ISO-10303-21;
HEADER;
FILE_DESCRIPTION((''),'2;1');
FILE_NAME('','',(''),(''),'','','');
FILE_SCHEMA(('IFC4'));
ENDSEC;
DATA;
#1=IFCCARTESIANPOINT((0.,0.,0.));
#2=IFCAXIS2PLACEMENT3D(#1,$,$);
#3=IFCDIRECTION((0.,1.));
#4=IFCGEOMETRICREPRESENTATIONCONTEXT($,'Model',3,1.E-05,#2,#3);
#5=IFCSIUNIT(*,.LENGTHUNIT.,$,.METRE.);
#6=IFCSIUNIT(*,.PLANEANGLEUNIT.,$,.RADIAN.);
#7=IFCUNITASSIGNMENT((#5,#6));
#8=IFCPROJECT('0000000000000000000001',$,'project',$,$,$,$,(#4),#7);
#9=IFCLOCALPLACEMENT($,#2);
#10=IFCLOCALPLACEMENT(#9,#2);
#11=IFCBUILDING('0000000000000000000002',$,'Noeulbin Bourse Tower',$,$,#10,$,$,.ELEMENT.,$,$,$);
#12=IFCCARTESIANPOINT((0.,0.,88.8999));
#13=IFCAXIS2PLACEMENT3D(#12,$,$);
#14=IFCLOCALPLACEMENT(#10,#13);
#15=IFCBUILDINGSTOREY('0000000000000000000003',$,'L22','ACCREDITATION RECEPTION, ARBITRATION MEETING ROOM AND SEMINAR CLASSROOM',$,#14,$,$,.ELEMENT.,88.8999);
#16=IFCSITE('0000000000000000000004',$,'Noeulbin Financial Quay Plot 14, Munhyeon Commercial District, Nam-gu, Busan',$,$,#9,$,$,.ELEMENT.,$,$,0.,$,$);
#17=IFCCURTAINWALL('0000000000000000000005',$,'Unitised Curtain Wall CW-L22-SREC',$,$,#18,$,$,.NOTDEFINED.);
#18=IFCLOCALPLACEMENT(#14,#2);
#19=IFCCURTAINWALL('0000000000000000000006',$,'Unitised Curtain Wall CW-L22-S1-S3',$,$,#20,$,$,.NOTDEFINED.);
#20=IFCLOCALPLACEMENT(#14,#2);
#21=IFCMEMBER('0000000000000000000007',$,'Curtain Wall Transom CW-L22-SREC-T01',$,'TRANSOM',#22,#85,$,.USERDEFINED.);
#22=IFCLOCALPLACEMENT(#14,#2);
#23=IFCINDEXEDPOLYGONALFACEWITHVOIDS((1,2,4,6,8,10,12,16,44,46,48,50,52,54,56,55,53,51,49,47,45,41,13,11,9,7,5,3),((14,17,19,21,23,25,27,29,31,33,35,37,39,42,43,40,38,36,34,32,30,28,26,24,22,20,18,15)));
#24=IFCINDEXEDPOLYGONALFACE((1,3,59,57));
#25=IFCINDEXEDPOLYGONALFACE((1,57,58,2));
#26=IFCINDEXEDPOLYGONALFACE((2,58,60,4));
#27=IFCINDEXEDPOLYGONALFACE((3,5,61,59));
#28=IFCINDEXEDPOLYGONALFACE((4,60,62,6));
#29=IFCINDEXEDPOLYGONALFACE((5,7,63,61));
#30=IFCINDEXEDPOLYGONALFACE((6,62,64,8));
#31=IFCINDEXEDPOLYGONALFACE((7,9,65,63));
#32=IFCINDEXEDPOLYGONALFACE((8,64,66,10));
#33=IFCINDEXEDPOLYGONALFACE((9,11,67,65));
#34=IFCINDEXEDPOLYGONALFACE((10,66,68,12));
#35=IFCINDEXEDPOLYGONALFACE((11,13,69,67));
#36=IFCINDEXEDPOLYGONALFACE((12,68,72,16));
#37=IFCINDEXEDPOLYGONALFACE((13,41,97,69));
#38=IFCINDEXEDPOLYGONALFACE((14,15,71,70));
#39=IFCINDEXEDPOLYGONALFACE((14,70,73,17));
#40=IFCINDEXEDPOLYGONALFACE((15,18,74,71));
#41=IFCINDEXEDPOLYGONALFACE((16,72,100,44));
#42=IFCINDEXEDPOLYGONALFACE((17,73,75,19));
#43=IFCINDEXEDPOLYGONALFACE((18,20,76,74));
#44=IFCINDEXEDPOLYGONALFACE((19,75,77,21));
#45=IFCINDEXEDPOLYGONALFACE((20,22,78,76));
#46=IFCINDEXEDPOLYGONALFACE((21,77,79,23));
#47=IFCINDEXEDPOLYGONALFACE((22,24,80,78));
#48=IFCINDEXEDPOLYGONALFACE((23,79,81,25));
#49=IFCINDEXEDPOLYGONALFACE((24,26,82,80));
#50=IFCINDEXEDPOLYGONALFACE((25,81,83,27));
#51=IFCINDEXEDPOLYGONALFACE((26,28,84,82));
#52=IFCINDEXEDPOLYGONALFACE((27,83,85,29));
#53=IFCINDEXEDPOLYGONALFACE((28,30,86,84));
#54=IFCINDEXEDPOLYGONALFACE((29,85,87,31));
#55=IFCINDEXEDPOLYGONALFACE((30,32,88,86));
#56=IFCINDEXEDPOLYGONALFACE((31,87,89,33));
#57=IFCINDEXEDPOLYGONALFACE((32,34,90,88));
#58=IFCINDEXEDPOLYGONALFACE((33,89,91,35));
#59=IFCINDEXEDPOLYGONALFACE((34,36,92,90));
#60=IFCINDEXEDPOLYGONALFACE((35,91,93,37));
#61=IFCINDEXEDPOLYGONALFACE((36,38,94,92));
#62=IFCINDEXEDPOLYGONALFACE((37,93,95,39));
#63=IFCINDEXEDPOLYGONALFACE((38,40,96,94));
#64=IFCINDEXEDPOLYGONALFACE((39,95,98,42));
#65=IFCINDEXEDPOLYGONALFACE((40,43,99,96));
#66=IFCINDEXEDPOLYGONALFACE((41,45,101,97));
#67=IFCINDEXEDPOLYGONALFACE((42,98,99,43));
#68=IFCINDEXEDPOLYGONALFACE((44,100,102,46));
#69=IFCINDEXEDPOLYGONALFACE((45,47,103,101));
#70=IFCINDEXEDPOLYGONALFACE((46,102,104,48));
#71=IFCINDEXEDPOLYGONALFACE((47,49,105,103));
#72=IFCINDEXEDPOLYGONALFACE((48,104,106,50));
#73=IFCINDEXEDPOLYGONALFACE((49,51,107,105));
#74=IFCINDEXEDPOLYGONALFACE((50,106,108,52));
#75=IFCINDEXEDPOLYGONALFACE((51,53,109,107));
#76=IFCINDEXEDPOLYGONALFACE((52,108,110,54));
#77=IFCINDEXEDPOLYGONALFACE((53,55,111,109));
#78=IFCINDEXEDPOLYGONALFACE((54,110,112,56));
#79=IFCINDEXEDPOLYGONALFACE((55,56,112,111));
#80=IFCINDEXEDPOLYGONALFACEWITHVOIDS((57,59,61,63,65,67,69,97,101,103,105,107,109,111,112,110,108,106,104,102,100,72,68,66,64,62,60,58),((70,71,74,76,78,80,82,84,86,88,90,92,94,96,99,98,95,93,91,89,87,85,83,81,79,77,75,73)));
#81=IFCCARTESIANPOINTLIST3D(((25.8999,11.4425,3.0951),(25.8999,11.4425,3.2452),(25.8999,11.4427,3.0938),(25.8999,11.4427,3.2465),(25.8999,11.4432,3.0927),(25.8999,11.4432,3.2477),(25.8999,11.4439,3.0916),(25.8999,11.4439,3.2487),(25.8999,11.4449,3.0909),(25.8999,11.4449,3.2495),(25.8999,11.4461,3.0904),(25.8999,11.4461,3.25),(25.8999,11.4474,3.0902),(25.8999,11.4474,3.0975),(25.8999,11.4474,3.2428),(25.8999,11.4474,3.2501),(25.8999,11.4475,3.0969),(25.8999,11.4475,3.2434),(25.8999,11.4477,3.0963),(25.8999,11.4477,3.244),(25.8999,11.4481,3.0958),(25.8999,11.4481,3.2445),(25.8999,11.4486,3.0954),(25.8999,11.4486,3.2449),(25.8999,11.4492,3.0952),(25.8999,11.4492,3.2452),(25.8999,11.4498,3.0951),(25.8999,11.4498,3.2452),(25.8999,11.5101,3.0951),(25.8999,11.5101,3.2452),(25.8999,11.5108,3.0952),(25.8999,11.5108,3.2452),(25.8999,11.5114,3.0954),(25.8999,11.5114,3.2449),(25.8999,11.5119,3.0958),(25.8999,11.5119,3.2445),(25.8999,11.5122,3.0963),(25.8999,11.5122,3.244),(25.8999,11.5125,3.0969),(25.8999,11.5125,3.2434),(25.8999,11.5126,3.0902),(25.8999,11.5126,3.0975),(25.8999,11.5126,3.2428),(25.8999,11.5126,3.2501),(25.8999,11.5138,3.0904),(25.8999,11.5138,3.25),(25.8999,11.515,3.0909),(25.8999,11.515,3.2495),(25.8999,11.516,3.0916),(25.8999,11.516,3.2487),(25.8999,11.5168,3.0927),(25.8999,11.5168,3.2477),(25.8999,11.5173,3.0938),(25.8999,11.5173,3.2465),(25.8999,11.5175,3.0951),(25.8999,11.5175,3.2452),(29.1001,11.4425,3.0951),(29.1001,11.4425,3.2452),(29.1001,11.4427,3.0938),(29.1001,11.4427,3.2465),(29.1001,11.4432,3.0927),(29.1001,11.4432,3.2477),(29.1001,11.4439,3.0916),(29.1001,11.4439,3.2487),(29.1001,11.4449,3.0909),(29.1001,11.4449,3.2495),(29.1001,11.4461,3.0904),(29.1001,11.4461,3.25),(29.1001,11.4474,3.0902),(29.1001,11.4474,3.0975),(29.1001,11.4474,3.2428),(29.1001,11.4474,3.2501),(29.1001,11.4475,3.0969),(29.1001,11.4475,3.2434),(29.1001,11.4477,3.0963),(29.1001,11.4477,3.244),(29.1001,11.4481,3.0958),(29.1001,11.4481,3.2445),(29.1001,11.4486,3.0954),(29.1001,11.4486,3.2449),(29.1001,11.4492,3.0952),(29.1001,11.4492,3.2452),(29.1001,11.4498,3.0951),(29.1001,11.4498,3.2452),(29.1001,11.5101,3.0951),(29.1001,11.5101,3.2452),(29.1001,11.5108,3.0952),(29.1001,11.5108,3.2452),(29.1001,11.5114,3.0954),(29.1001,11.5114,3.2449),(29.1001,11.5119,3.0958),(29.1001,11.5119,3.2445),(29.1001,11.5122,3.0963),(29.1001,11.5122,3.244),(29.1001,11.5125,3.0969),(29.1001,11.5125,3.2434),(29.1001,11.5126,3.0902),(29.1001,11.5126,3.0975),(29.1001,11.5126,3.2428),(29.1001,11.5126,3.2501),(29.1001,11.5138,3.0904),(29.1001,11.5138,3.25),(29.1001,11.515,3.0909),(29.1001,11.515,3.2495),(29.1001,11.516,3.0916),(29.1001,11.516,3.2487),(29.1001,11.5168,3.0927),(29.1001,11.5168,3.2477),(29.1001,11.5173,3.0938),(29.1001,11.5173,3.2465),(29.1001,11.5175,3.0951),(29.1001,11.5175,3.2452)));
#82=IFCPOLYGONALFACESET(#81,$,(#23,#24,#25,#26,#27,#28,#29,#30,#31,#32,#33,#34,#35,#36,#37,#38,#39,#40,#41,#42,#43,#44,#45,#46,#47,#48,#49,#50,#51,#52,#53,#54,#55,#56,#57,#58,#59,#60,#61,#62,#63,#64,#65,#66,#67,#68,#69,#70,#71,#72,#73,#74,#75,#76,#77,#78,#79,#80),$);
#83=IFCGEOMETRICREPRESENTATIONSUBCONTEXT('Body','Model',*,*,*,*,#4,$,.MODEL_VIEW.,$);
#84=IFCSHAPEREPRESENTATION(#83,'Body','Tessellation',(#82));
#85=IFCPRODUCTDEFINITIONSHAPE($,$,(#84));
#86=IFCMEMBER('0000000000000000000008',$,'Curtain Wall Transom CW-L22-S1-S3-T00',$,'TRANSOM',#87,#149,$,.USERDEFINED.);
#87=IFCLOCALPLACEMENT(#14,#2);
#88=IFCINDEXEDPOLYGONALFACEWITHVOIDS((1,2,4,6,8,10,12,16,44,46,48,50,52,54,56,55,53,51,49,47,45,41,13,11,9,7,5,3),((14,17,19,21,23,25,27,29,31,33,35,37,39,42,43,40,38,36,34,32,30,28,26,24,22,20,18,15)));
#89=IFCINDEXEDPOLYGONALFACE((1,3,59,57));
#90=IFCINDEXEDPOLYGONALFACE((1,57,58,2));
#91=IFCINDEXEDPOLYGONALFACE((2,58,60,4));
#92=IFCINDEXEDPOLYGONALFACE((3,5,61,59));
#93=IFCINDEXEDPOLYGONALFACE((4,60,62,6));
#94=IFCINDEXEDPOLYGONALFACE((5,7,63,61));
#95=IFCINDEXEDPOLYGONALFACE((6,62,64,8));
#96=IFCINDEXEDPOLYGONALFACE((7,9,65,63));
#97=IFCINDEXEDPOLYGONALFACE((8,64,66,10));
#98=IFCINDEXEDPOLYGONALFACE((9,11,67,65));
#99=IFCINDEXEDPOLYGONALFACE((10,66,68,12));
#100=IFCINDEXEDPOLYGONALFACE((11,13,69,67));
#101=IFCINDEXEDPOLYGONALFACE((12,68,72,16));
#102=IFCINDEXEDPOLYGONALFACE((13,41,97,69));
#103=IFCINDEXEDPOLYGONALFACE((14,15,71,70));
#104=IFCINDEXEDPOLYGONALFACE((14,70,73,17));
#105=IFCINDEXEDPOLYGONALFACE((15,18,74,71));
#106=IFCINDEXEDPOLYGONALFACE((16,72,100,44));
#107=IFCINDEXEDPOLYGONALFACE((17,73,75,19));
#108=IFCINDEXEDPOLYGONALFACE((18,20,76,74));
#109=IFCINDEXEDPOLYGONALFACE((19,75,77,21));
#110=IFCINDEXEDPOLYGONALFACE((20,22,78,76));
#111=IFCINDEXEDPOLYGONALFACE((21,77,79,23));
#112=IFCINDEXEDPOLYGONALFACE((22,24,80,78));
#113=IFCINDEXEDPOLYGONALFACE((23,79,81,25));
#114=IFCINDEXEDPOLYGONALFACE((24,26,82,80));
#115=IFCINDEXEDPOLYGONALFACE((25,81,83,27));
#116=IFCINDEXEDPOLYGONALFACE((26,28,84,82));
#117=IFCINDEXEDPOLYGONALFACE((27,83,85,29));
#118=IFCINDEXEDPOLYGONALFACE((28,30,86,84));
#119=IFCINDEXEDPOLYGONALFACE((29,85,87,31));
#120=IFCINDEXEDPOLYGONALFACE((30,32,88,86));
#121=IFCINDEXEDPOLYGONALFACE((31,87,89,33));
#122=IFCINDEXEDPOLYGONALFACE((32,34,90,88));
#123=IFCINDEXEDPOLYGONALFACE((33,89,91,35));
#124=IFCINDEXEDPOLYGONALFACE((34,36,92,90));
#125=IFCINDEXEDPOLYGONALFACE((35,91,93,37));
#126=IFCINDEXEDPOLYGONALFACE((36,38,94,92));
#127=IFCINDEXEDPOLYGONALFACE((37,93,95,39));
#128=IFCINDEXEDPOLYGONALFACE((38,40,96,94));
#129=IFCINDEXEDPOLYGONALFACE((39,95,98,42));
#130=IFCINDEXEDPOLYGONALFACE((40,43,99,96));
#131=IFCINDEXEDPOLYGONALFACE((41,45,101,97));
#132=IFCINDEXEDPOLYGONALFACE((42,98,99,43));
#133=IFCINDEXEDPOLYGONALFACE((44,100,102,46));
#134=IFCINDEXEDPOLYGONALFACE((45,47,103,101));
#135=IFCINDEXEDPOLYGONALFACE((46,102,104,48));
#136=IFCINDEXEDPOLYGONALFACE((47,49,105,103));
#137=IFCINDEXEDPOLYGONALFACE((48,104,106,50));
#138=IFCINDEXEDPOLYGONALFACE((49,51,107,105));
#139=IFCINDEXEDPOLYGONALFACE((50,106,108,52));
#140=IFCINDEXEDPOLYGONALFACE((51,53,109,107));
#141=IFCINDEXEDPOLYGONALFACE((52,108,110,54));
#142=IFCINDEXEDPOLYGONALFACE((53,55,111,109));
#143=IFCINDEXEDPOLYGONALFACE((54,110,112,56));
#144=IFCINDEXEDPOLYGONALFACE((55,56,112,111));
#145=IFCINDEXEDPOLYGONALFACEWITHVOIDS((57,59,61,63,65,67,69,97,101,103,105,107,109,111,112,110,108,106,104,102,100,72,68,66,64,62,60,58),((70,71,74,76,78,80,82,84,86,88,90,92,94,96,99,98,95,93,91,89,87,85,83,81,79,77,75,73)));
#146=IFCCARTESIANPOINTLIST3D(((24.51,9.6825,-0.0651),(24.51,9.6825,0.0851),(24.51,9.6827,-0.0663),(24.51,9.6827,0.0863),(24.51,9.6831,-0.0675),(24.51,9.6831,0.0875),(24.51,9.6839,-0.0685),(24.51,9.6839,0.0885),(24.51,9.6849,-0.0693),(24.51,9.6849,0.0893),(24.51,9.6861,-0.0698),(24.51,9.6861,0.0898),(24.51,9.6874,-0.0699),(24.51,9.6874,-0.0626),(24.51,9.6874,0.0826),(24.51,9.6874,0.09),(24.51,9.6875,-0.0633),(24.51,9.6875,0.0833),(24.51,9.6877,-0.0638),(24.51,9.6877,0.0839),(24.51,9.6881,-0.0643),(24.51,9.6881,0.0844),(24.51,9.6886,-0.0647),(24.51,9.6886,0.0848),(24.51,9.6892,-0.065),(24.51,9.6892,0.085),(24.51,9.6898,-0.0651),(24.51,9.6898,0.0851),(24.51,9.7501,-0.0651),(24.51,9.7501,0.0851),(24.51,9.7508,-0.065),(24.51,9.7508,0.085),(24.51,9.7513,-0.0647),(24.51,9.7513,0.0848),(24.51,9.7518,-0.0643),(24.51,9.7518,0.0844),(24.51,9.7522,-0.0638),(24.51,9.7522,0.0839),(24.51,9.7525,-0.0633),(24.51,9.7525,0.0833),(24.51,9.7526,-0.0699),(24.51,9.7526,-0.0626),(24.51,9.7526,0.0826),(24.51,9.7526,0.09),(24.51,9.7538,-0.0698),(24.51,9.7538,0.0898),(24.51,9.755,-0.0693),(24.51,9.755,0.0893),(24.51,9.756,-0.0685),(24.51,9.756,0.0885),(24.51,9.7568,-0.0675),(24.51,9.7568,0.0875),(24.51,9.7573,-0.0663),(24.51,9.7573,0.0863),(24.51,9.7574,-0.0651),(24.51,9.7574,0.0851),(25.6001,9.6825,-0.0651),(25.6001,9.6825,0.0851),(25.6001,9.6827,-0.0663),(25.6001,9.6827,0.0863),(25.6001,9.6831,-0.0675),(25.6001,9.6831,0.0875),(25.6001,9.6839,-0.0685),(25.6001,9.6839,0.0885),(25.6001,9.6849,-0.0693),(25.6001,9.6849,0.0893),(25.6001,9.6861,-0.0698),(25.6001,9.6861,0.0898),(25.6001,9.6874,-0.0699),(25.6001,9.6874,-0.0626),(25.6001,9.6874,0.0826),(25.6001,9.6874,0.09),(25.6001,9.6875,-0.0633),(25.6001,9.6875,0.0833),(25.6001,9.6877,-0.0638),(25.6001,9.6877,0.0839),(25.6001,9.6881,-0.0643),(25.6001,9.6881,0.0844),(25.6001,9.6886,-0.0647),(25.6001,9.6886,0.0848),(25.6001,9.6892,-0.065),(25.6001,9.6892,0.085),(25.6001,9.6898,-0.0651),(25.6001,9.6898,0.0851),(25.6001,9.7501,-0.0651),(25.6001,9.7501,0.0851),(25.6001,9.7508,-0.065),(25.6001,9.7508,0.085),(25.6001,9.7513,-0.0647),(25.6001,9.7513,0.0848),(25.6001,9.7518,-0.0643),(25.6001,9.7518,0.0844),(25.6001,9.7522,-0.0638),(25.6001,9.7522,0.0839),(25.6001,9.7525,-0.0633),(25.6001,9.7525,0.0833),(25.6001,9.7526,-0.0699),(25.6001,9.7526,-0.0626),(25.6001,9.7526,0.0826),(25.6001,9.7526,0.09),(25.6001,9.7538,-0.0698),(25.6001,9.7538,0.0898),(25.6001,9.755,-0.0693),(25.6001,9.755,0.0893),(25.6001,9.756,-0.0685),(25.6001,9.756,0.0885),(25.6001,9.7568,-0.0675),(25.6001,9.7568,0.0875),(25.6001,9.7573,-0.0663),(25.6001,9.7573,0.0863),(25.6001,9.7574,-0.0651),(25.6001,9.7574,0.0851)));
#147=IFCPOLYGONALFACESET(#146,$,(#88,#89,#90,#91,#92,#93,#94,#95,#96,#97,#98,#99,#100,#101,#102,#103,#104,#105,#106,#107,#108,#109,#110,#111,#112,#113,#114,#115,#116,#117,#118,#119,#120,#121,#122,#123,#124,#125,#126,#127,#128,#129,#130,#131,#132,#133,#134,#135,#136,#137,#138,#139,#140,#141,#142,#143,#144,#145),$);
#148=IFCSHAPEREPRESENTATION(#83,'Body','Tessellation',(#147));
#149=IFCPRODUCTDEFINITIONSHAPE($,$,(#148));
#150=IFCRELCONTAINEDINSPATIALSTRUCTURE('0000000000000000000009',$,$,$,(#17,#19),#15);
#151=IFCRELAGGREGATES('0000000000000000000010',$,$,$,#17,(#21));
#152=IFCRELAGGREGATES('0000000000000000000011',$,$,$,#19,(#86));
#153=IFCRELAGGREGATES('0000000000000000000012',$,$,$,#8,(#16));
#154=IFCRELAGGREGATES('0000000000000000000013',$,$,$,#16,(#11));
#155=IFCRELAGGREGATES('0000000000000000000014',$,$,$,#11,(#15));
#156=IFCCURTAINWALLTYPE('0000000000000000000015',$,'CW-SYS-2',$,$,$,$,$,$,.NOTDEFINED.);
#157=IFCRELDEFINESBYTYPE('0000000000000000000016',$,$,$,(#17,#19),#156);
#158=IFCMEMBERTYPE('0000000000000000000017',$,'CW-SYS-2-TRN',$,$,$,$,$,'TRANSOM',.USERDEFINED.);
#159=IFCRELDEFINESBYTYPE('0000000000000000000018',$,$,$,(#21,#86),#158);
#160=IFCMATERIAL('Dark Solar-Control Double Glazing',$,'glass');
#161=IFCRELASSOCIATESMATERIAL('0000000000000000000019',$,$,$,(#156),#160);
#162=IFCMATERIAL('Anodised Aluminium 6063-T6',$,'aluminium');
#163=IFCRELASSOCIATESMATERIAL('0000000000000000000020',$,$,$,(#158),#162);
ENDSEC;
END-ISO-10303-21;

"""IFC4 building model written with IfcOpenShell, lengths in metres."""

from ifc_helpers import new_model, si_unit, direction, frame, origin, origin_2d, place, context, subcontext, project, spatial, hollow_rectangle, extrude, material, material_profile, profile_set, type_object, element, aggregate, save


model = new_model("IFC4")

# Units and contexts
model_context = context("Model", 3, precision=1e-05, world=origin(), true_north=direction((0.0, 1.0)))
body_context = subcontext(model_context, "Body", "Model", "MODEL_VIEW")
ifc_project = project(units=[si_unit("LENGTHUNIT", "METRE"), si_unit("PLANEANGLEUNIT", "RADIAN")], contexts=[model_context])

# Site, building, storey
site_placement = place(None, origin())
site = spatial("IfcSite", under=ifc_project, at=site_placement, Name="Noeulbin Financial Quay Plot 14, Munhyeon Commercial District, Nam-gu, Busan", CompositionType="ELEMENT", RefElevation=0.0)
building_placement = place(site_placement, origin())
building = spatial("IfcBuilding", under=site, at=building_placement, Name="Noeulbin Bourse Tower", CompositionType="ELEMENT")
storey_placement = place(building_placement, frame((0.0, 0.0, 88.8999)))
storey = spatial("IfcBuildingStorey", under=building, at=storey_placement, Name="L22", Description="ACCREDITATION RECEPTION, ARBITRATION MEETING ROOM AND SEMINAR CLASSROOM", CompositionType="ELEMENT", Elevation=88.8999)

# Curtain wall
ifc_material_1 = material(Name="Dark Solar-Control Double Glazing", Category="glass")
curtain_wall_type = type_object("IfcCurtainWallType", Name="CW-SYS-2", PredefinedType="NOTDEFINED", material=ifc_material_1)
curtain_wall_1_placement = place(storey_placement, origin())
curtain_wall_1 = element("IfcCurtainWall", 1, at=curtain_wall_1_placement, inside=storey, type_object=curtain_wall_type, Name="Unitised Curtain Wall CW-L22-SREC", PredefinedType="NOTDEFINED")
ifc_material_2 = material(Name="Anodised Aluminium 6063-T6", Category="aluminium")

# Curtain wall
curtain_wall_2_placement = place(storey_placement, origin())
curtain_wall_2 = element("IfcCurtainWall", 2, at=curtain_wall_2_placement, inside=storey, type_object=curtain_wall_type, Name="Unitised Curtain Wall CW-L22-S1-S3", PredefinedType="NOTDEFINED")

# Members
ifc_material_profile_1 = material_profile(ifc_material_2, hollow_rectangle(XDim=0.075, YDim=0.1599, WallThickness=0.0049, InnerFilletRadius=0.0024, OuterFilletRadius=0.0049, at=origin_2d()), Name="ALU-TRAN-75x160x5", Category="LoadBearing")
ifc_profile_set_1 = profile_set([ifc_material_profile_1], Name="Anodised Aluminium 6063-T6")
member_type_1 = type_object("IfcMemberType", Name="CW-SYS-2-TRN", ElementType="TRANSOM", PredefinedType="USERDEFINED", material=ifc_profile_set_1)
member_1_placement = place(storey_placement, frame((25.8999, 11.48, 3.1702), z_axis=(1.0, 0.0, 0.0), x_axis=(0.0, 1.0, 0.0)))
member_1 = element("IfcMember", 3, at=member_1_placement, type_object=member_type_1, Name="Curtain Wall Transom CW-L22-SREC-T01", ObjectType="TRANSOM", PredefinedType="USERDEFINED", context=body_context, shape_type="SweptSolid", body=[
    extrude(hollow_rectangle(XDim=0.075, YDim=0.1599, WallThickness=0.0049, InnerFilletRadius=0.0024, OuterFilletRadius=0.0049, at=origin_2d()), origin(), (0.0, 0.0, 1.0), 3.2002),
])
aggregate(curtain_wall_1, [member_1])
member_2_placement = place(storey_placement, frame((24.51, 9.72, 0.01), z_axis=(1.0, 0.0, 0.0), x_axis=(0.0, 1.0, 0.0)))
member_2 = element("IfcMember", 4, at=member_2_placement, type_object=member_type_1, Name="Curtain Wall Transom CW-L22-S1-S3-T00", ObjectType="TRANSOM", PredefinedType="USERDEFINED", context=body_context, shape_type="SweptSolid", body=[
    extrude(hollow_rectangle(XDim=0.075, YDim=0.1599, WallThickness=0.0049, InnerFilletRadius=0.0024, OuterFilletRadius=0.0049, at=origin_2d()), origin(), (0.0, 0.0, 1.0), 1.0901),
])

aggregate(curtain_wall_2, [member_2])

save(model, "model.ifc")
